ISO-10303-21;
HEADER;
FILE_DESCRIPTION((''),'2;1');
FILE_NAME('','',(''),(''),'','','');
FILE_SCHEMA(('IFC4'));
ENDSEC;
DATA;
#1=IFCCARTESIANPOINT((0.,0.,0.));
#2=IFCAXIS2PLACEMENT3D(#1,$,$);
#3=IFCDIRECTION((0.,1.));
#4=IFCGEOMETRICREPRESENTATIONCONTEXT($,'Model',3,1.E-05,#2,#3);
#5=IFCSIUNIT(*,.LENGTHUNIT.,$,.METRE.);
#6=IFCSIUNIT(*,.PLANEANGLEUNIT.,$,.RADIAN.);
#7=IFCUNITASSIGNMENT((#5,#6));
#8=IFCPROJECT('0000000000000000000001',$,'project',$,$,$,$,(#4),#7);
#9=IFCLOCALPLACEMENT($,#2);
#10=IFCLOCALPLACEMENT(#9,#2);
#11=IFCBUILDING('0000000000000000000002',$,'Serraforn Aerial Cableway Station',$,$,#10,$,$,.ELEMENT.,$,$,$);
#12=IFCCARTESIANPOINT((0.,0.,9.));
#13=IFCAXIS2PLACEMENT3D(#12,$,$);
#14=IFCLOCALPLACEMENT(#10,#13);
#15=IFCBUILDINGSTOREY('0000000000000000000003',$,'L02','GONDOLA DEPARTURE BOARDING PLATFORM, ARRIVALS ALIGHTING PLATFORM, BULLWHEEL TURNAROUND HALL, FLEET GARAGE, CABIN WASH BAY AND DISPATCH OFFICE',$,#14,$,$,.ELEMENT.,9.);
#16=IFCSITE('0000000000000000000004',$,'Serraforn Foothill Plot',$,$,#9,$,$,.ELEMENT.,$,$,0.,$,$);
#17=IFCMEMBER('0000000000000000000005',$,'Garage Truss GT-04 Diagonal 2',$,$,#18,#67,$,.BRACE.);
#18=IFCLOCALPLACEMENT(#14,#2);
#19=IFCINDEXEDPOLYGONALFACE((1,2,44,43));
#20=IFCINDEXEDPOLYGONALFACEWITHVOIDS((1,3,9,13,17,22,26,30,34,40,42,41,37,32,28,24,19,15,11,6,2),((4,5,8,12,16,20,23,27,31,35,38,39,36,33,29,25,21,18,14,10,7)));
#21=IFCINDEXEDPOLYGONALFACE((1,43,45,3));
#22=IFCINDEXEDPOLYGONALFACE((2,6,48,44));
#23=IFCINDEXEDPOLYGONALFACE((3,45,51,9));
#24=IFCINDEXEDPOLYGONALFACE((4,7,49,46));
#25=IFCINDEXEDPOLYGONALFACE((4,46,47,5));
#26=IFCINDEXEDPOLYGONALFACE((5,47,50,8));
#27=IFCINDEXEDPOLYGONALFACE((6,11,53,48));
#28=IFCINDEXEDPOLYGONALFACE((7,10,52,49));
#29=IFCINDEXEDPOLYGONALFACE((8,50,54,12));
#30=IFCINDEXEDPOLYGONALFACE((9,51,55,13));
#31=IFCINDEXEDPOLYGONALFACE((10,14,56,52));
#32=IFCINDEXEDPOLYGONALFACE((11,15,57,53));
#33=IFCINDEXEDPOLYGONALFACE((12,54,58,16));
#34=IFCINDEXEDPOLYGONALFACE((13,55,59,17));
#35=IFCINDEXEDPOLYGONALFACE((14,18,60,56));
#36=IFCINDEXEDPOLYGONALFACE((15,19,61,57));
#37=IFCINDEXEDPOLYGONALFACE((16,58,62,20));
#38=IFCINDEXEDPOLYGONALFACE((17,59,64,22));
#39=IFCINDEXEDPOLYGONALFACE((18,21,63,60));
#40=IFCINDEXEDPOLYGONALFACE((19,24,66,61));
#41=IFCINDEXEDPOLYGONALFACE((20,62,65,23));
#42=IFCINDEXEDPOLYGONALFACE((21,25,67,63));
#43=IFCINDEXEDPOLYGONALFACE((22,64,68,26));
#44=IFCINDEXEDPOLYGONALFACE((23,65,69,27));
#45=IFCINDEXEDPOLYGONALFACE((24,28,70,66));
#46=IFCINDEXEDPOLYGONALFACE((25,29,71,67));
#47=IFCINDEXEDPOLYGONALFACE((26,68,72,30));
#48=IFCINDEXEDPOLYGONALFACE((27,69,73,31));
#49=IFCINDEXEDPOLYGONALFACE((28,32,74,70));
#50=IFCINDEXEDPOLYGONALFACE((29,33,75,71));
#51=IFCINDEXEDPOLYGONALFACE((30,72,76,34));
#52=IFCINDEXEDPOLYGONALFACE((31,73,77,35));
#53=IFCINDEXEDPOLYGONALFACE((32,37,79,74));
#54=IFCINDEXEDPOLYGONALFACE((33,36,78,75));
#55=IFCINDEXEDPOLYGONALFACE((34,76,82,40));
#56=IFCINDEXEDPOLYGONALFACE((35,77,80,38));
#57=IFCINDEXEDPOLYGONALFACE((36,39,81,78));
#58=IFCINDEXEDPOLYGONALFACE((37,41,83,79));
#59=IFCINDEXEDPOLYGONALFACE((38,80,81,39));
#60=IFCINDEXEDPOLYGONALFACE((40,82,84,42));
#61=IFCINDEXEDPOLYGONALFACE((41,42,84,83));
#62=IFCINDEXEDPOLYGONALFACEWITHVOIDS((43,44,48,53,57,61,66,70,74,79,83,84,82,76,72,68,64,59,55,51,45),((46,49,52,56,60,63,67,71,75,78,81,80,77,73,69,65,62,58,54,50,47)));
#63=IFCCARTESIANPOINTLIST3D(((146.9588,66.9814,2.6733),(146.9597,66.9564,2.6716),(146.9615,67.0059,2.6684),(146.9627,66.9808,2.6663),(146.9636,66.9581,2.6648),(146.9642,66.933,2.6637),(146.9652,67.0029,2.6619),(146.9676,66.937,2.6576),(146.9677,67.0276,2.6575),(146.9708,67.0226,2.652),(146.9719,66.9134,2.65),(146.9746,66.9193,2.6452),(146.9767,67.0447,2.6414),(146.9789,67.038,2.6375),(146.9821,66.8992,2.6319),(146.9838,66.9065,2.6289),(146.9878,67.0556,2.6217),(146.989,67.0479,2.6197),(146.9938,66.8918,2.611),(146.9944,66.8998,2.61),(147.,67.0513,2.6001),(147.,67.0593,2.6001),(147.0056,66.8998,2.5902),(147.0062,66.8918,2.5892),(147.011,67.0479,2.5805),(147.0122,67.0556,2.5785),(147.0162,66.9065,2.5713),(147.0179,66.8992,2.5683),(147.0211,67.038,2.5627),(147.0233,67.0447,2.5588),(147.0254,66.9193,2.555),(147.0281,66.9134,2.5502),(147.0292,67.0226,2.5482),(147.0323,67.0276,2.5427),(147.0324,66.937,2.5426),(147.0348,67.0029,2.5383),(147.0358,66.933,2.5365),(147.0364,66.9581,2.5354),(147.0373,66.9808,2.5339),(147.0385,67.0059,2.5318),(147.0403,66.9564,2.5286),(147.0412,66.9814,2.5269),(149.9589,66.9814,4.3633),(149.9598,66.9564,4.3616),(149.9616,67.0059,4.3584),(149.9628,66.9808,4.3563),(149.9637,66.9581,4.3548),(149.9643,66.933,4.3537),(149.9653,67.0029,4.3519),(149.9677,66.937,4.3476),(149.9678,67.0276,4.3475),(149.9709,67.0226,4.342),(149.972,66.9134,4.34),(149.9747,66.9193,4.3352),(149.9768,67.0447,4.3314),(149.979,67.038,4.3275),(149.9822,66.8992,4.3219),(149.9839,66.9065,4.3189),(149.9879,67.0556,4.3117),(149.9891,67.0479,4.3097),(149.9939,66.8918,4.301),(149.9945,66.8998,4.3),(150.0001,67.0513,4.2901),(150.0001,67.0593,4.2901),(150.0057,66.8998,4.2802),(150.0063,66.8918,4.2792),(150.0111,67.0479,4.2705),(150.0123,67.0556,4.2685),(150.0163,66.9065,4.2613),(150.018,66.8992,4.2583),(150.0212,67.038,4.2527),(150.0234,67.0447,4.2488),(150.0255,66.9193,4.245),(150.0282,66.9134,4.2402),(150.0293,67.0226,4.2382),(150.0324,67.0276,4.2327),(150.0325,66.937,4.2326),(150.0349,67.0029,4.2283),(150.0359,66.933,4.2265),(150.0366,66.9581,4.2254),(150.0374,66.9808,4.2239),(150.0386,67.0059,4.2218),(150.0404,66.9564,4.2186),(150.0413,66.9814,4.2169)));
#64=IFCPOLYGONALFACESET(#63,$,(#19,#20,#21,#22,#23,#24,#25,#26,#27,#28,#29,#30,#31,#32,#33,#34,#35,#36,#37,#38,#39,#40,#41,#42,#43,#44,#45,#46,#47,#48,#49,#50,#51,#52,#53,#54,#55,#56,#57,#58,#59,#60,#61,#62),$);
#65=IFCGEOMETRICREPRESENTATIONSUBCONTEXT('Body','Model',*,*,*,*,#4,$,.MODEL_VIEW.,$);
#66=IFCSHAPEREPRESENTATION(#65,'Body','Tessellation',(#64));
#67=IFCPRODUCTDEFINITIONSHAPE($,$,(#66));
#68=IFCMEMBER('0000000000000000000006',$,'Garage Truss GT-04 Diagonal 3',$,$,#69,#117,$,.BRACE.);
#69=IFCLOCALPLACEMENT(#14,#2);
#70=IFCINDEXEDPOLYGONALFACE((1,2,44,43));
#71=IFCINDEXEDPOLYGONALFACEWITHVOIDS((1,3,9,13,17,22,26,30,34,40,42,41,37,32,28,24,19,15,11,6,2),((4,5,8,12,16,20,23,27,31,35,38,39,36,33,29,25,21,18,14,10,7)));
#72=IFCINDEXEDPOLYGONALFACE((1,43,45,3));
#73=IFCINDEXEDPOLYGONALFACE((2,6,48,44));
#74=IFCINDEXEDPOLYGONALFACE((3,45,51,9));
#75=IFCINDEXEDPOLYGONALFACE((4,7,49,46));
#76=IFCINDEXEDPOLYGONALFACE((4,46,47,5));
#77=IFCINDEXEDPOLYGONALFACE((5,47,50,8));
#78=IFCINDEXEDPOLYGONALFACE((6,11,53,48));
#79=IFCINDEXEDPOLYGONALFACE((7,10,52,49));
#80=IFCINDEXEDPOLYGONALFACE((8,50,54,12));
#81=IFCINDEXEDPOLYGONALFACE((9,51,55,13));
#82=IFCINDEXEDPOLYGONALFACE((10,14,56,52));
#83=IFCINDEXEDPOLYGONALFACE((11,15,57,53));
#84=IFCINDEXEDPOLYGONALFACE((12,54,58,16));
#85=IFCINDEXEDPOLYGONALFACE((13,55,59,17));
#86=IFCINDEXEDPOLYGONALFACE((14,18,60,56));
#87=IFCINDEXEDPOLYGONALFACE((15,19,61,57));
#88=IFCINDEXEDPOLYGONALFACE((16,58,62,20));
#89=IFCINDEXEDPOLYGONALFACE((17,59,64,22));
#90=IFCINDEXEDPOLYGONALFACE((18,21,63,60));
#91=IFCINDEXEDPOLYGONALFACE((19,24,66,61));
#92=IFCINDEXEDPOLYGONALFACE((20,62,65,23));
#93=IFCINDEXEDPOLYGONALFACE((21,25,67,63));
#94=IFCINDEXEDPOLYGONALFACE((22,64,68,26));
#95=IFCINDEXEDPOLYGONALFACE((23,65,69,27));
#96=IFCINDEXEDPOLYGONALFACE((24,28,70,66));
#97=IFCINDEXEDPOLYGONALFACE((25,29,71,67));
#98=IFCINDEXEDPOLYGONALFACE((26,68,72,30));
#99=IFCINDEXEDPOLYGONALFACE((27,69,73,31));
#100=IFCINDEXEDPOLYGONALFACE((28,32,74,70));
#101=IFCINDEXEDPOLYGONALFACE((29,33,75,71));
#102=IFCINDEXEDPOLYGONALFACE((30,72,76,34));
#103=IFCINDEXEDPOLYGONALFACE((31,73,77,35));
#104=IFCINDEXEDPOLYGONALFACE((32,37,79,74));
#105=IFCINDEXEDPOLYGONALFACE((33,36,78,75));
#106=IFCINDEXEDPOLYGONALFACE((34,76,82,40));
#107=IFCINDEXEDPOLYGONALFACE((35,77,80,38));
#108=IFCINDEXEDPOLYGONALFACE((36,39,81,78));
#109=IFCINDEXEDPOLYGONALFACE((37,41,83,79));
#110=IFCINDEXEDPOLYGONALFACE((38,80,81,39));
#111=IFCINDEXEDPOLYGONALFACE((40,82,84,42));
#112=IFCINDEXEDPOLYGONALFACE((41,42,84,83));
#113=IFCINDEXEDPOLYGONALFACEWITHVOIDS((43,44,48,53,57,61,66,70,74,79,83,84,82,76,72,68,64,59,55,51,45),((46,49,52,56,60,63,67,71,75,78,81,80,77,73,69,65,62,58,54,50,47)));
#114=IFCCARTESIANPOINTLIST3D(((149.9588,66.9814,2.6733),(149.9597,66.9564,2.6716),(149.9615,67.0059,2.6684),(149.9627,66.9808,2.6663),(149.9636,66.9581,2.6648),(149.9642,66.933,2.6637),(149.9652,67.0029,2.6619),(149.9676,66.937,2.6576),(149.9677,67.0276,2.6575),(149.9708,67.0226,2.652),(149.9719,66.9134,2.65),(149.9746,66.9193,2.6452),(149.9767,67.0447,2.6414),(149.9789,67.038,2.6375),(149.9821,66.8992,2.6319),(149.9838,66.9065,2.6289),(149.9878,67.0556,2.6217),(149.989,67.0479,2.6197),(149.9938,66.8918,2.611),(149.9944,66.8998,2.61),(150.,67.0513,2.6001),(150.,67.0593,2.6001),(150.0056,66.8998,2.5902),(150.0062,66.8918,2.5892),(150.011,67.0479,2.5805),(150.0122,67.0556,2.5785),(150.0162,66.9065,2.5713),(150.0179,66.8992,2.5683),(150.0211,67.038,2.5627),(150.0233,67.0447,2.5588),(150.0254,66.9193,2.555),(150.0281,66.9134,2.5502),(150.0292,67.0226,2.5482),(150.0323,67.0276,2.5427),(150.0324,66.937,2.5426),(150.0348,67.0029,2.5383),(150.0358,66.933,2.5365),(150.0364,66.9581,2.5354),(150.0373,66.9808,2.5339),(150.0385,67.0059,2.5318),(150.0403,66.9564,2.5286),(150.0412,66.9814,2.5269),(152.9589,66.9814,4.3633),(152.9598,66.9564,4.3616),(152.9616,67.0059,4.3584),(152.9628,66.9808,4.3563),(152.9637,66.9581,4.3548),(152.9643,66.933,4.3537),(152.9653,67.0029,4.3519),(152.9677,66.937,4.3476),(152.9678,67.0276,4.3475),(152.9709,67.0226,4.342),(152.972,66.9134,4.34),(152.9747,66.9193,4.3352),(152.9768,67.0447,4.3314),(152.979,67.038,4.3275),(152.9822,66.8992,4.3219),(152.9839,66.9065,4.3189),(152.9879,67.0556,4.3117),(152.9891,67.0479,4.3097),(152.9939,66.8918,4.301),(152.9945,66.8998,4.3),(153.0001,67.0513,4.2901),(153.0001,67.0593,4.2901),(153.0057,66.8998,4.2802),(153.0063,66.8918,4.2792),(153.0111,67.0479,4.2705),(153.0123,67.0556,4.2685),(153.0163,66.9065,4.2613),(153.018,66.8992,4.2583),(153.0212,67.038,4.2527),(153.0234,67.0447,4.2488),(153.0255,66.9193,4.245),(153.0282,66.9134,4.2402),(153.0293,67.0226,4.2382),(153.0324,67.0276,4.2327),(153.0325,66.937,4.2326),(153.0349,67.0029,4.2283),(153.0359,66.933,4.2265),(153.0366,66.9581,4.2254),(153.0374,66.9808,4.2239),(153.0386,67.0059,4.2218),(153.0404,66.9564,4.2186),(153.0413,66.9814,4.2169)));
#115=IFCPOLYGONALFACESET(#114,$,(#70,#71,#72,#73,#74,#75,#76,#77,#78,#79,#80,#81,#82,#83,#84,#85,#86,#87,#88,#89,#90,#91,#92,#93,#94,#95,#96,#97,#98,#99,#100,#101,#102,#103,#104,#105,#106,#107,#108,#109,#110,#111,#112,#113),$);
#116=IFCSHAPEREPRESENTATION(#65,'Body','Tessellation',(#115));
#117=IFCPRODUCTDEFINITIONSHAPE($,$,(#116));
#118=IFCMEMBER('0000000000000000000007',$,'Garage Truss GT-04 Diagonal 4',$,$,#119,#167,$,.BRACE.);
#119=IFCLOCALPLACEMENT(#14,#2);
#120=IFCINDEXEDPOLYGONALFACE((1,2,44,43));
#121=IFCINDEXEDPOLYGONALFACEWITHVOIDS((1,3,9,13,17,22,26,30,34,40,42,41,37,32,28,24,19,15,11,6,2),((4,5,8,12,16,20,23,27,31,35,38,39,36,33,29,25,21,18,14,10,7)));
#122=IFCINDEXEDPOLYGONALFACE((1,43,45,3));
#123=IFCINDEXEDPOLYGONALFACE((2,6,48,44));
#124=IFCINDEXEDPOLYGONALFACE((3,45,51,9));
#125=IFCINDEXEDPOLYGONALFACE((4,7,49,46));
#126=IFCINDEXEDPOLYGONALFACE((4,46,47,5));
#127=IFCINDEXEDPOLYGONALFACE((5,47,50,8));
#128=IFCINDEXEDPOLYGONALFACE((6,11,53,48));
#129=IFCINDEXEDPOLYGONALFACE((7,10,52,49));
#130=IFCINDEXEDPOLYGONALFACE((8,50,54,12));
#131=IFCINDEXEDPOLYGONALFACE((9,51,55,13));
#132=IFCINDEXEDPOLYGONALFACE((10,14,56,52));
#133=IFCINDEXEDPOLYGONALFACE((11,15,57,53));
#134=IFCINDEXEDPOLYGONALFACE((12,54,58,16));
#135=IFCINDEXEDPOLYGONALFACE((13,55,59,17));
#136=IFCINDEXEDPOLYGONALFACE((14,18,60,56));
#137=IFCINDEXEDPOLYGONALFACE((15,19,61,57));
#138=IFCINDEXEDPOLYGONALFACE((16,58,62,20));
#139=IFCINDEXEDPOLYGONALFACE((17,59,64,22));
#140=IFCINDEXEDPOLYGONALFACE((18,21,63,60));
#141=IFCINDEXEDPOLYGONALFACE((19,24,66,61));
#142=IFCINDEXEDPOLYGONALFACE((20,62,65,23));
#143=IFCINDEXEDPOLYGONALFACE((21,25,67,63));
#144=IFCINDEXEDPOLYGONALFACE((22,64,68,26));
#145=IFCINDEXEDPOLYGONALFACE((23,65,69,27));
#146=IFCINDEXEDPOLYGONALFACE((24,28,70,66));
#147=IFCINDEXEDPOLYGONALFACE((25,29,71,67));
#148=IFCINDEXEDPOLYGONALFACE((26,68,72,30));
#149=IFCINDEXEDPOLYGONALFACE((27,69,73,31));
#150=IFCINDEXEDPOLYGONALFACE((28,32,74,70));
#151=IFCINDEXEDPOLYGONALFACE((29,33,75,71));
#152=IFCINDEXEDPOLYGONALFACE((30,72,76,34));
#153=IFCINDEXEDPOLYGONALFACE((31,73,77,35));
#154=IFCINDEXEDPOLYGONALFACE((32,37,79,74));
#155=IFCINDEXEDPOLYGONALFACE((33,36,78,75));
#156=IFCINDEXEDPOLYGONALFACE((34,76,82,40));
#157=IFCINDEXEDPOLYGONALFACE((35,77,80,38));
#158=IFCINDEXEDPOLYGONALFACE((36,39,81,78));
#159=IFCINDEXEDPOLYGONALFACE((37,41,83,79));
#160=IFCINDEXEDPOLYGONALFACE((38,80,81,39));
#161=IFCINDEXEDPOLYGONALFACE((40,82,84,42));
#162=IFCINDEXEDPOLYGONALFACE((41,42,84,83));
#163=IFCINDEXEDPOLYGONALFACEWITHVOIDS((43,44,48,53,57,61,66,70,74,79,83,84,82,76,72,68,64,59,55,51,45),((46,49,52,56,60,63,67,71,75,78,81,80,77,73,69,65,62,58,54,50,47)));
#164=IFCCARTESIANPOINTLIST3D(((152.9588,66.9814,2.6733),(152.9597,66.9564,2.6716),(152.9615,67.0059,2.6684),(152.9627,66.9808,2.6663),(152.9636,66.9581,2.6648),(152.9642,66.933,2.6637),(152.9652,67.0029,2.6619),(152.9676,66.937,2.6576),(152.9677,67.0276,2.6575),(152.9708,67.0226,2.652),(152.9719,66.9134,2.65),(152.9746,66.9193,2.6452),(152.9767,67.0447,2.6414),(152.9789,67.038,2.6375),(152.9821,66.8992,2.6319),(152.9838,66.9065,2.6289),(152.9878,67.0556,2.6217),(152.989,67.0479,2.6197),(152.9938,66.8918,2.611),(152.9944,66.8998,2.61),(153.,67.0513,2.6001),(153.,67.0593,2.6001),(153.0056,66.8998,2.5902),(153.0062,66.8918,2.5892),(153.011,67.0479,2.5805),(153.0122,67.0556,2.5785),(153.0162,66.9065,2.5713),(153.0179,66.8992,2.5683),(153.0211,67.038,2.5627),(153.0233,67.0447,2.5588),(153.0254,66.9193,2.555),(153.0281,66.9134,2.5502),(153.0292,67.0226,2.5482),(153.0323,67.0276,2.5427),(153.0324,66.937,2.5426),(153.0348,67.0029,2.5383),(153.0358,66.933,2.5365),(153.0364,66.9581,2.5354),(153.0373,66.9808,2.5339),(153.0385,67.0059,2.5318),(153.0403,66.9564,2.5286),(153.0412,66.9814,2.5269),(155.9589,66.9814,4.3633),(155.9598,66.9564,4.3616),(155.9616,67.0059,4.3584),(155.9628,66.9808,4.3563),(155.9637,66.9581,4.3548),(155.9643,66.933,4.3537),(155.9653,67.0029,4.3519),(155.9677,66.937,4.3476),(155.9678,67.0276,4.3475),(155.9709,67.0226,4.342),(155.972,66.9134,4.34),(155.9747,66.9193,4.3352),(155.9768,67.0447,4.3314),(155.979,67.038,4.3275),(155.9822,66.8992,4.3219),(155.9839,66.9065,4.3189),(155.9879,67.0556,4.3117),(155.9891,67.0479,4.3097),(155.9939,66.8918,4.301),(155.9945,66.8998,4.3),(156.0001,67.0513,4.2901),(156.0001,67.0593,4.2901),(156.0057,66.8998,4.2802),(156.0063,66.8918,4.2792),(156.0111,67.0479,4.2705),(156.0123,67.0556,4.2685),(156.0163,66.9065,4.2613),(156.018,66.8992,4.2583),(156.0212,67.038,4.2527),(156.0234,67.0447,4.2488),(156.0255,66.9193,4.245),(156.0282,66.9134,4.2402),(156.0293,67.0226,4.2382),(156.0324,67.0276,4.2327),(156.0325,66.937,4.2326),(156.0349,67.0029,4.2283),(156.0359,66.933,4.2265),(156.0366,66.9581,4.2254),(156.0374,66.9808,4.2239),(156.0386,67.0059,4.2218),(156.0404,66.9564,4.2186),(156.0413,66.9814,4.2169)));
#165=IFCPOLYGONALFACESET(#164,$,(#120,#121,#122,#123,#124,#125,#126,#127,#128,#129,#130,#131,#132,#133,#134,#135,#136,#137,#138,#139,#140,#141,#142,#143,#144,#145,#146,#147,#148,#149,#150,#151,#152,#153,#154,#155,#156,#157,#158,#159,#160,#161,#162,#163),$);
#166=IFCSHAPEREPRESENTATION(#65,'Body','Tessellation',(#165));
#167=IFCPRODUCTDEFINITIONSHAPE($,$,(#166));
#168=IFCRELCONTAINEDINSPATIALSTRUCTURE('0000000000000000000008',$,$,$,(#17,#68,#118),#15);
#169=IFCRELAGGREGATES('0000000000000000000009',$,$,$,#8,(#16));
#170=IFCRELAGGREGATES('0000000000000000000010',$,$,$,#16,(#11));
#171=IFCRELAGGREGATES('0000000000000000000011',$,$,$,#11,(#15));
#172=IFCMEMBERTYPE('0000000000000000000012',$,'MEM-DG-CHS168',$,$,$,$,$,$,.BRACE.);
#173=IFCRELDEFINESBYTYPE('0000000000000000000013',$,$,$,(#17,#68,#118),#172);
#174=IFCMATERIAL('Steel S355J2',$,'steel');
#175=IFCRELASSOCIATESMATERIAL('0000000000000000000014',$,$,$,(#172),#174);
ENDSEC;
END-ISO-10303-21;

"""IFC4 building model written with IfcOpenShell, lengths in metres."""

from ifc_helpers import new_model, si_unit, direction, frame, origin, origin_2d, place, context, subcontext, project, spatial, hollow_circle, extrude, material, material_profile, profile_set, type_object, element, save


model = new_model("IFC4")

# Units and contexts
model_context = context("Model", 3, precision=1e-05, world=origin(), true_north=direction((0.0, 1.0)))
body_context = subcontext(model_context, "Body", "Model", "MODEL_VIEW")
ifc_project = project(units=[si_unit("LENGTHUNIT", "METRE"), si_unit("PLANEANGLEUNIT", "RADIAN")], contexts=[model_context])

# Site, building, storey
site_placement = place(None, origin())
site = spatial("IfcSite", under=ifc_project, at=site_placement, Name="Serraforn Foothill Plot", CompositionType="ELEMENT", RefElevation=0.0)
building_placement = place(site_placement, origin())
building = spatial("IfcBuilding", under=site, at=building_placement, Name="Serraforn Aerial Cableway Station", CompositionType="ELEMENT")
storey_placement = place(building_placement, frame((0.0, 0.0, 9.0)))
storey = spatial("IfcBuildingStorey", under=building, at=storey_placement, Name="L02", Description="GONDOLA DEPARTURE BOARDING PLATFORM, ARRIVALS ALIGHTING PLATFORM, BULLWHEEL TURNAROUND HALL, FLEET GARAGE, CABIN WASH BAY AND DISPATCH OFFICE", CompositionType="ELEMENT", Elevation=9.0)

# Members
ifc_material_1 = material(Name="Steel S355J2", Category="steel")
ifc_material_profile_1 = material_profile(ifc_material_1, hollow_circle(Radius=0.0842, WallThickness=0.0081, at=origin_2d()), Name="CHS 168.3x8.0")
ifc_profile_set_1 = profile_set([ifc_material_profile_1], Name="Steel S355J2")
member_type_1 = type_object("IfcMemberType", Name="MEM-DG-CHS168", PredefinedType="BRACE", material=ifc_profile_set_1)
for number, where, z_axis, x_axis, name in (
    (1, (147.0, 66.9751, 2.6001), (0.871272, 0.0, 0.4908), (0.0, 1.0, 0.0), "Garage Truss GT-04 Diagonal 2"),
    (2, (150.0, 66.9751, 2.6001), (0.871272, 0.0, 0.4908), (0.0, 1.0, 0.0), "Garage Truss GT-04 Diagonal 3"),
    (3, (153.0, 66.9751, 2.6001), (0.871272, 0.0, 0.4908), (0.0, 1.0, 0.0), "Garage Truss GT-04 Diagonal 4"),
):
    element("IfcMember", number, at=place(storey_placement, frame(where, z_axis=z_axis, x_axis=x_axis)), inside=storey, type_object=member_type_1, Name=name, PredefinedType="BRACE", context=body_context, shape_type="SweptSolid", body=[
        extrude(hollow_circle(Radius=0.0842, WallThickness=0.0081, at=origin_2d()), origin(), (0.0, 0.0, 1.0), 3.4434),
    ])

save(model, "model.ifc")
